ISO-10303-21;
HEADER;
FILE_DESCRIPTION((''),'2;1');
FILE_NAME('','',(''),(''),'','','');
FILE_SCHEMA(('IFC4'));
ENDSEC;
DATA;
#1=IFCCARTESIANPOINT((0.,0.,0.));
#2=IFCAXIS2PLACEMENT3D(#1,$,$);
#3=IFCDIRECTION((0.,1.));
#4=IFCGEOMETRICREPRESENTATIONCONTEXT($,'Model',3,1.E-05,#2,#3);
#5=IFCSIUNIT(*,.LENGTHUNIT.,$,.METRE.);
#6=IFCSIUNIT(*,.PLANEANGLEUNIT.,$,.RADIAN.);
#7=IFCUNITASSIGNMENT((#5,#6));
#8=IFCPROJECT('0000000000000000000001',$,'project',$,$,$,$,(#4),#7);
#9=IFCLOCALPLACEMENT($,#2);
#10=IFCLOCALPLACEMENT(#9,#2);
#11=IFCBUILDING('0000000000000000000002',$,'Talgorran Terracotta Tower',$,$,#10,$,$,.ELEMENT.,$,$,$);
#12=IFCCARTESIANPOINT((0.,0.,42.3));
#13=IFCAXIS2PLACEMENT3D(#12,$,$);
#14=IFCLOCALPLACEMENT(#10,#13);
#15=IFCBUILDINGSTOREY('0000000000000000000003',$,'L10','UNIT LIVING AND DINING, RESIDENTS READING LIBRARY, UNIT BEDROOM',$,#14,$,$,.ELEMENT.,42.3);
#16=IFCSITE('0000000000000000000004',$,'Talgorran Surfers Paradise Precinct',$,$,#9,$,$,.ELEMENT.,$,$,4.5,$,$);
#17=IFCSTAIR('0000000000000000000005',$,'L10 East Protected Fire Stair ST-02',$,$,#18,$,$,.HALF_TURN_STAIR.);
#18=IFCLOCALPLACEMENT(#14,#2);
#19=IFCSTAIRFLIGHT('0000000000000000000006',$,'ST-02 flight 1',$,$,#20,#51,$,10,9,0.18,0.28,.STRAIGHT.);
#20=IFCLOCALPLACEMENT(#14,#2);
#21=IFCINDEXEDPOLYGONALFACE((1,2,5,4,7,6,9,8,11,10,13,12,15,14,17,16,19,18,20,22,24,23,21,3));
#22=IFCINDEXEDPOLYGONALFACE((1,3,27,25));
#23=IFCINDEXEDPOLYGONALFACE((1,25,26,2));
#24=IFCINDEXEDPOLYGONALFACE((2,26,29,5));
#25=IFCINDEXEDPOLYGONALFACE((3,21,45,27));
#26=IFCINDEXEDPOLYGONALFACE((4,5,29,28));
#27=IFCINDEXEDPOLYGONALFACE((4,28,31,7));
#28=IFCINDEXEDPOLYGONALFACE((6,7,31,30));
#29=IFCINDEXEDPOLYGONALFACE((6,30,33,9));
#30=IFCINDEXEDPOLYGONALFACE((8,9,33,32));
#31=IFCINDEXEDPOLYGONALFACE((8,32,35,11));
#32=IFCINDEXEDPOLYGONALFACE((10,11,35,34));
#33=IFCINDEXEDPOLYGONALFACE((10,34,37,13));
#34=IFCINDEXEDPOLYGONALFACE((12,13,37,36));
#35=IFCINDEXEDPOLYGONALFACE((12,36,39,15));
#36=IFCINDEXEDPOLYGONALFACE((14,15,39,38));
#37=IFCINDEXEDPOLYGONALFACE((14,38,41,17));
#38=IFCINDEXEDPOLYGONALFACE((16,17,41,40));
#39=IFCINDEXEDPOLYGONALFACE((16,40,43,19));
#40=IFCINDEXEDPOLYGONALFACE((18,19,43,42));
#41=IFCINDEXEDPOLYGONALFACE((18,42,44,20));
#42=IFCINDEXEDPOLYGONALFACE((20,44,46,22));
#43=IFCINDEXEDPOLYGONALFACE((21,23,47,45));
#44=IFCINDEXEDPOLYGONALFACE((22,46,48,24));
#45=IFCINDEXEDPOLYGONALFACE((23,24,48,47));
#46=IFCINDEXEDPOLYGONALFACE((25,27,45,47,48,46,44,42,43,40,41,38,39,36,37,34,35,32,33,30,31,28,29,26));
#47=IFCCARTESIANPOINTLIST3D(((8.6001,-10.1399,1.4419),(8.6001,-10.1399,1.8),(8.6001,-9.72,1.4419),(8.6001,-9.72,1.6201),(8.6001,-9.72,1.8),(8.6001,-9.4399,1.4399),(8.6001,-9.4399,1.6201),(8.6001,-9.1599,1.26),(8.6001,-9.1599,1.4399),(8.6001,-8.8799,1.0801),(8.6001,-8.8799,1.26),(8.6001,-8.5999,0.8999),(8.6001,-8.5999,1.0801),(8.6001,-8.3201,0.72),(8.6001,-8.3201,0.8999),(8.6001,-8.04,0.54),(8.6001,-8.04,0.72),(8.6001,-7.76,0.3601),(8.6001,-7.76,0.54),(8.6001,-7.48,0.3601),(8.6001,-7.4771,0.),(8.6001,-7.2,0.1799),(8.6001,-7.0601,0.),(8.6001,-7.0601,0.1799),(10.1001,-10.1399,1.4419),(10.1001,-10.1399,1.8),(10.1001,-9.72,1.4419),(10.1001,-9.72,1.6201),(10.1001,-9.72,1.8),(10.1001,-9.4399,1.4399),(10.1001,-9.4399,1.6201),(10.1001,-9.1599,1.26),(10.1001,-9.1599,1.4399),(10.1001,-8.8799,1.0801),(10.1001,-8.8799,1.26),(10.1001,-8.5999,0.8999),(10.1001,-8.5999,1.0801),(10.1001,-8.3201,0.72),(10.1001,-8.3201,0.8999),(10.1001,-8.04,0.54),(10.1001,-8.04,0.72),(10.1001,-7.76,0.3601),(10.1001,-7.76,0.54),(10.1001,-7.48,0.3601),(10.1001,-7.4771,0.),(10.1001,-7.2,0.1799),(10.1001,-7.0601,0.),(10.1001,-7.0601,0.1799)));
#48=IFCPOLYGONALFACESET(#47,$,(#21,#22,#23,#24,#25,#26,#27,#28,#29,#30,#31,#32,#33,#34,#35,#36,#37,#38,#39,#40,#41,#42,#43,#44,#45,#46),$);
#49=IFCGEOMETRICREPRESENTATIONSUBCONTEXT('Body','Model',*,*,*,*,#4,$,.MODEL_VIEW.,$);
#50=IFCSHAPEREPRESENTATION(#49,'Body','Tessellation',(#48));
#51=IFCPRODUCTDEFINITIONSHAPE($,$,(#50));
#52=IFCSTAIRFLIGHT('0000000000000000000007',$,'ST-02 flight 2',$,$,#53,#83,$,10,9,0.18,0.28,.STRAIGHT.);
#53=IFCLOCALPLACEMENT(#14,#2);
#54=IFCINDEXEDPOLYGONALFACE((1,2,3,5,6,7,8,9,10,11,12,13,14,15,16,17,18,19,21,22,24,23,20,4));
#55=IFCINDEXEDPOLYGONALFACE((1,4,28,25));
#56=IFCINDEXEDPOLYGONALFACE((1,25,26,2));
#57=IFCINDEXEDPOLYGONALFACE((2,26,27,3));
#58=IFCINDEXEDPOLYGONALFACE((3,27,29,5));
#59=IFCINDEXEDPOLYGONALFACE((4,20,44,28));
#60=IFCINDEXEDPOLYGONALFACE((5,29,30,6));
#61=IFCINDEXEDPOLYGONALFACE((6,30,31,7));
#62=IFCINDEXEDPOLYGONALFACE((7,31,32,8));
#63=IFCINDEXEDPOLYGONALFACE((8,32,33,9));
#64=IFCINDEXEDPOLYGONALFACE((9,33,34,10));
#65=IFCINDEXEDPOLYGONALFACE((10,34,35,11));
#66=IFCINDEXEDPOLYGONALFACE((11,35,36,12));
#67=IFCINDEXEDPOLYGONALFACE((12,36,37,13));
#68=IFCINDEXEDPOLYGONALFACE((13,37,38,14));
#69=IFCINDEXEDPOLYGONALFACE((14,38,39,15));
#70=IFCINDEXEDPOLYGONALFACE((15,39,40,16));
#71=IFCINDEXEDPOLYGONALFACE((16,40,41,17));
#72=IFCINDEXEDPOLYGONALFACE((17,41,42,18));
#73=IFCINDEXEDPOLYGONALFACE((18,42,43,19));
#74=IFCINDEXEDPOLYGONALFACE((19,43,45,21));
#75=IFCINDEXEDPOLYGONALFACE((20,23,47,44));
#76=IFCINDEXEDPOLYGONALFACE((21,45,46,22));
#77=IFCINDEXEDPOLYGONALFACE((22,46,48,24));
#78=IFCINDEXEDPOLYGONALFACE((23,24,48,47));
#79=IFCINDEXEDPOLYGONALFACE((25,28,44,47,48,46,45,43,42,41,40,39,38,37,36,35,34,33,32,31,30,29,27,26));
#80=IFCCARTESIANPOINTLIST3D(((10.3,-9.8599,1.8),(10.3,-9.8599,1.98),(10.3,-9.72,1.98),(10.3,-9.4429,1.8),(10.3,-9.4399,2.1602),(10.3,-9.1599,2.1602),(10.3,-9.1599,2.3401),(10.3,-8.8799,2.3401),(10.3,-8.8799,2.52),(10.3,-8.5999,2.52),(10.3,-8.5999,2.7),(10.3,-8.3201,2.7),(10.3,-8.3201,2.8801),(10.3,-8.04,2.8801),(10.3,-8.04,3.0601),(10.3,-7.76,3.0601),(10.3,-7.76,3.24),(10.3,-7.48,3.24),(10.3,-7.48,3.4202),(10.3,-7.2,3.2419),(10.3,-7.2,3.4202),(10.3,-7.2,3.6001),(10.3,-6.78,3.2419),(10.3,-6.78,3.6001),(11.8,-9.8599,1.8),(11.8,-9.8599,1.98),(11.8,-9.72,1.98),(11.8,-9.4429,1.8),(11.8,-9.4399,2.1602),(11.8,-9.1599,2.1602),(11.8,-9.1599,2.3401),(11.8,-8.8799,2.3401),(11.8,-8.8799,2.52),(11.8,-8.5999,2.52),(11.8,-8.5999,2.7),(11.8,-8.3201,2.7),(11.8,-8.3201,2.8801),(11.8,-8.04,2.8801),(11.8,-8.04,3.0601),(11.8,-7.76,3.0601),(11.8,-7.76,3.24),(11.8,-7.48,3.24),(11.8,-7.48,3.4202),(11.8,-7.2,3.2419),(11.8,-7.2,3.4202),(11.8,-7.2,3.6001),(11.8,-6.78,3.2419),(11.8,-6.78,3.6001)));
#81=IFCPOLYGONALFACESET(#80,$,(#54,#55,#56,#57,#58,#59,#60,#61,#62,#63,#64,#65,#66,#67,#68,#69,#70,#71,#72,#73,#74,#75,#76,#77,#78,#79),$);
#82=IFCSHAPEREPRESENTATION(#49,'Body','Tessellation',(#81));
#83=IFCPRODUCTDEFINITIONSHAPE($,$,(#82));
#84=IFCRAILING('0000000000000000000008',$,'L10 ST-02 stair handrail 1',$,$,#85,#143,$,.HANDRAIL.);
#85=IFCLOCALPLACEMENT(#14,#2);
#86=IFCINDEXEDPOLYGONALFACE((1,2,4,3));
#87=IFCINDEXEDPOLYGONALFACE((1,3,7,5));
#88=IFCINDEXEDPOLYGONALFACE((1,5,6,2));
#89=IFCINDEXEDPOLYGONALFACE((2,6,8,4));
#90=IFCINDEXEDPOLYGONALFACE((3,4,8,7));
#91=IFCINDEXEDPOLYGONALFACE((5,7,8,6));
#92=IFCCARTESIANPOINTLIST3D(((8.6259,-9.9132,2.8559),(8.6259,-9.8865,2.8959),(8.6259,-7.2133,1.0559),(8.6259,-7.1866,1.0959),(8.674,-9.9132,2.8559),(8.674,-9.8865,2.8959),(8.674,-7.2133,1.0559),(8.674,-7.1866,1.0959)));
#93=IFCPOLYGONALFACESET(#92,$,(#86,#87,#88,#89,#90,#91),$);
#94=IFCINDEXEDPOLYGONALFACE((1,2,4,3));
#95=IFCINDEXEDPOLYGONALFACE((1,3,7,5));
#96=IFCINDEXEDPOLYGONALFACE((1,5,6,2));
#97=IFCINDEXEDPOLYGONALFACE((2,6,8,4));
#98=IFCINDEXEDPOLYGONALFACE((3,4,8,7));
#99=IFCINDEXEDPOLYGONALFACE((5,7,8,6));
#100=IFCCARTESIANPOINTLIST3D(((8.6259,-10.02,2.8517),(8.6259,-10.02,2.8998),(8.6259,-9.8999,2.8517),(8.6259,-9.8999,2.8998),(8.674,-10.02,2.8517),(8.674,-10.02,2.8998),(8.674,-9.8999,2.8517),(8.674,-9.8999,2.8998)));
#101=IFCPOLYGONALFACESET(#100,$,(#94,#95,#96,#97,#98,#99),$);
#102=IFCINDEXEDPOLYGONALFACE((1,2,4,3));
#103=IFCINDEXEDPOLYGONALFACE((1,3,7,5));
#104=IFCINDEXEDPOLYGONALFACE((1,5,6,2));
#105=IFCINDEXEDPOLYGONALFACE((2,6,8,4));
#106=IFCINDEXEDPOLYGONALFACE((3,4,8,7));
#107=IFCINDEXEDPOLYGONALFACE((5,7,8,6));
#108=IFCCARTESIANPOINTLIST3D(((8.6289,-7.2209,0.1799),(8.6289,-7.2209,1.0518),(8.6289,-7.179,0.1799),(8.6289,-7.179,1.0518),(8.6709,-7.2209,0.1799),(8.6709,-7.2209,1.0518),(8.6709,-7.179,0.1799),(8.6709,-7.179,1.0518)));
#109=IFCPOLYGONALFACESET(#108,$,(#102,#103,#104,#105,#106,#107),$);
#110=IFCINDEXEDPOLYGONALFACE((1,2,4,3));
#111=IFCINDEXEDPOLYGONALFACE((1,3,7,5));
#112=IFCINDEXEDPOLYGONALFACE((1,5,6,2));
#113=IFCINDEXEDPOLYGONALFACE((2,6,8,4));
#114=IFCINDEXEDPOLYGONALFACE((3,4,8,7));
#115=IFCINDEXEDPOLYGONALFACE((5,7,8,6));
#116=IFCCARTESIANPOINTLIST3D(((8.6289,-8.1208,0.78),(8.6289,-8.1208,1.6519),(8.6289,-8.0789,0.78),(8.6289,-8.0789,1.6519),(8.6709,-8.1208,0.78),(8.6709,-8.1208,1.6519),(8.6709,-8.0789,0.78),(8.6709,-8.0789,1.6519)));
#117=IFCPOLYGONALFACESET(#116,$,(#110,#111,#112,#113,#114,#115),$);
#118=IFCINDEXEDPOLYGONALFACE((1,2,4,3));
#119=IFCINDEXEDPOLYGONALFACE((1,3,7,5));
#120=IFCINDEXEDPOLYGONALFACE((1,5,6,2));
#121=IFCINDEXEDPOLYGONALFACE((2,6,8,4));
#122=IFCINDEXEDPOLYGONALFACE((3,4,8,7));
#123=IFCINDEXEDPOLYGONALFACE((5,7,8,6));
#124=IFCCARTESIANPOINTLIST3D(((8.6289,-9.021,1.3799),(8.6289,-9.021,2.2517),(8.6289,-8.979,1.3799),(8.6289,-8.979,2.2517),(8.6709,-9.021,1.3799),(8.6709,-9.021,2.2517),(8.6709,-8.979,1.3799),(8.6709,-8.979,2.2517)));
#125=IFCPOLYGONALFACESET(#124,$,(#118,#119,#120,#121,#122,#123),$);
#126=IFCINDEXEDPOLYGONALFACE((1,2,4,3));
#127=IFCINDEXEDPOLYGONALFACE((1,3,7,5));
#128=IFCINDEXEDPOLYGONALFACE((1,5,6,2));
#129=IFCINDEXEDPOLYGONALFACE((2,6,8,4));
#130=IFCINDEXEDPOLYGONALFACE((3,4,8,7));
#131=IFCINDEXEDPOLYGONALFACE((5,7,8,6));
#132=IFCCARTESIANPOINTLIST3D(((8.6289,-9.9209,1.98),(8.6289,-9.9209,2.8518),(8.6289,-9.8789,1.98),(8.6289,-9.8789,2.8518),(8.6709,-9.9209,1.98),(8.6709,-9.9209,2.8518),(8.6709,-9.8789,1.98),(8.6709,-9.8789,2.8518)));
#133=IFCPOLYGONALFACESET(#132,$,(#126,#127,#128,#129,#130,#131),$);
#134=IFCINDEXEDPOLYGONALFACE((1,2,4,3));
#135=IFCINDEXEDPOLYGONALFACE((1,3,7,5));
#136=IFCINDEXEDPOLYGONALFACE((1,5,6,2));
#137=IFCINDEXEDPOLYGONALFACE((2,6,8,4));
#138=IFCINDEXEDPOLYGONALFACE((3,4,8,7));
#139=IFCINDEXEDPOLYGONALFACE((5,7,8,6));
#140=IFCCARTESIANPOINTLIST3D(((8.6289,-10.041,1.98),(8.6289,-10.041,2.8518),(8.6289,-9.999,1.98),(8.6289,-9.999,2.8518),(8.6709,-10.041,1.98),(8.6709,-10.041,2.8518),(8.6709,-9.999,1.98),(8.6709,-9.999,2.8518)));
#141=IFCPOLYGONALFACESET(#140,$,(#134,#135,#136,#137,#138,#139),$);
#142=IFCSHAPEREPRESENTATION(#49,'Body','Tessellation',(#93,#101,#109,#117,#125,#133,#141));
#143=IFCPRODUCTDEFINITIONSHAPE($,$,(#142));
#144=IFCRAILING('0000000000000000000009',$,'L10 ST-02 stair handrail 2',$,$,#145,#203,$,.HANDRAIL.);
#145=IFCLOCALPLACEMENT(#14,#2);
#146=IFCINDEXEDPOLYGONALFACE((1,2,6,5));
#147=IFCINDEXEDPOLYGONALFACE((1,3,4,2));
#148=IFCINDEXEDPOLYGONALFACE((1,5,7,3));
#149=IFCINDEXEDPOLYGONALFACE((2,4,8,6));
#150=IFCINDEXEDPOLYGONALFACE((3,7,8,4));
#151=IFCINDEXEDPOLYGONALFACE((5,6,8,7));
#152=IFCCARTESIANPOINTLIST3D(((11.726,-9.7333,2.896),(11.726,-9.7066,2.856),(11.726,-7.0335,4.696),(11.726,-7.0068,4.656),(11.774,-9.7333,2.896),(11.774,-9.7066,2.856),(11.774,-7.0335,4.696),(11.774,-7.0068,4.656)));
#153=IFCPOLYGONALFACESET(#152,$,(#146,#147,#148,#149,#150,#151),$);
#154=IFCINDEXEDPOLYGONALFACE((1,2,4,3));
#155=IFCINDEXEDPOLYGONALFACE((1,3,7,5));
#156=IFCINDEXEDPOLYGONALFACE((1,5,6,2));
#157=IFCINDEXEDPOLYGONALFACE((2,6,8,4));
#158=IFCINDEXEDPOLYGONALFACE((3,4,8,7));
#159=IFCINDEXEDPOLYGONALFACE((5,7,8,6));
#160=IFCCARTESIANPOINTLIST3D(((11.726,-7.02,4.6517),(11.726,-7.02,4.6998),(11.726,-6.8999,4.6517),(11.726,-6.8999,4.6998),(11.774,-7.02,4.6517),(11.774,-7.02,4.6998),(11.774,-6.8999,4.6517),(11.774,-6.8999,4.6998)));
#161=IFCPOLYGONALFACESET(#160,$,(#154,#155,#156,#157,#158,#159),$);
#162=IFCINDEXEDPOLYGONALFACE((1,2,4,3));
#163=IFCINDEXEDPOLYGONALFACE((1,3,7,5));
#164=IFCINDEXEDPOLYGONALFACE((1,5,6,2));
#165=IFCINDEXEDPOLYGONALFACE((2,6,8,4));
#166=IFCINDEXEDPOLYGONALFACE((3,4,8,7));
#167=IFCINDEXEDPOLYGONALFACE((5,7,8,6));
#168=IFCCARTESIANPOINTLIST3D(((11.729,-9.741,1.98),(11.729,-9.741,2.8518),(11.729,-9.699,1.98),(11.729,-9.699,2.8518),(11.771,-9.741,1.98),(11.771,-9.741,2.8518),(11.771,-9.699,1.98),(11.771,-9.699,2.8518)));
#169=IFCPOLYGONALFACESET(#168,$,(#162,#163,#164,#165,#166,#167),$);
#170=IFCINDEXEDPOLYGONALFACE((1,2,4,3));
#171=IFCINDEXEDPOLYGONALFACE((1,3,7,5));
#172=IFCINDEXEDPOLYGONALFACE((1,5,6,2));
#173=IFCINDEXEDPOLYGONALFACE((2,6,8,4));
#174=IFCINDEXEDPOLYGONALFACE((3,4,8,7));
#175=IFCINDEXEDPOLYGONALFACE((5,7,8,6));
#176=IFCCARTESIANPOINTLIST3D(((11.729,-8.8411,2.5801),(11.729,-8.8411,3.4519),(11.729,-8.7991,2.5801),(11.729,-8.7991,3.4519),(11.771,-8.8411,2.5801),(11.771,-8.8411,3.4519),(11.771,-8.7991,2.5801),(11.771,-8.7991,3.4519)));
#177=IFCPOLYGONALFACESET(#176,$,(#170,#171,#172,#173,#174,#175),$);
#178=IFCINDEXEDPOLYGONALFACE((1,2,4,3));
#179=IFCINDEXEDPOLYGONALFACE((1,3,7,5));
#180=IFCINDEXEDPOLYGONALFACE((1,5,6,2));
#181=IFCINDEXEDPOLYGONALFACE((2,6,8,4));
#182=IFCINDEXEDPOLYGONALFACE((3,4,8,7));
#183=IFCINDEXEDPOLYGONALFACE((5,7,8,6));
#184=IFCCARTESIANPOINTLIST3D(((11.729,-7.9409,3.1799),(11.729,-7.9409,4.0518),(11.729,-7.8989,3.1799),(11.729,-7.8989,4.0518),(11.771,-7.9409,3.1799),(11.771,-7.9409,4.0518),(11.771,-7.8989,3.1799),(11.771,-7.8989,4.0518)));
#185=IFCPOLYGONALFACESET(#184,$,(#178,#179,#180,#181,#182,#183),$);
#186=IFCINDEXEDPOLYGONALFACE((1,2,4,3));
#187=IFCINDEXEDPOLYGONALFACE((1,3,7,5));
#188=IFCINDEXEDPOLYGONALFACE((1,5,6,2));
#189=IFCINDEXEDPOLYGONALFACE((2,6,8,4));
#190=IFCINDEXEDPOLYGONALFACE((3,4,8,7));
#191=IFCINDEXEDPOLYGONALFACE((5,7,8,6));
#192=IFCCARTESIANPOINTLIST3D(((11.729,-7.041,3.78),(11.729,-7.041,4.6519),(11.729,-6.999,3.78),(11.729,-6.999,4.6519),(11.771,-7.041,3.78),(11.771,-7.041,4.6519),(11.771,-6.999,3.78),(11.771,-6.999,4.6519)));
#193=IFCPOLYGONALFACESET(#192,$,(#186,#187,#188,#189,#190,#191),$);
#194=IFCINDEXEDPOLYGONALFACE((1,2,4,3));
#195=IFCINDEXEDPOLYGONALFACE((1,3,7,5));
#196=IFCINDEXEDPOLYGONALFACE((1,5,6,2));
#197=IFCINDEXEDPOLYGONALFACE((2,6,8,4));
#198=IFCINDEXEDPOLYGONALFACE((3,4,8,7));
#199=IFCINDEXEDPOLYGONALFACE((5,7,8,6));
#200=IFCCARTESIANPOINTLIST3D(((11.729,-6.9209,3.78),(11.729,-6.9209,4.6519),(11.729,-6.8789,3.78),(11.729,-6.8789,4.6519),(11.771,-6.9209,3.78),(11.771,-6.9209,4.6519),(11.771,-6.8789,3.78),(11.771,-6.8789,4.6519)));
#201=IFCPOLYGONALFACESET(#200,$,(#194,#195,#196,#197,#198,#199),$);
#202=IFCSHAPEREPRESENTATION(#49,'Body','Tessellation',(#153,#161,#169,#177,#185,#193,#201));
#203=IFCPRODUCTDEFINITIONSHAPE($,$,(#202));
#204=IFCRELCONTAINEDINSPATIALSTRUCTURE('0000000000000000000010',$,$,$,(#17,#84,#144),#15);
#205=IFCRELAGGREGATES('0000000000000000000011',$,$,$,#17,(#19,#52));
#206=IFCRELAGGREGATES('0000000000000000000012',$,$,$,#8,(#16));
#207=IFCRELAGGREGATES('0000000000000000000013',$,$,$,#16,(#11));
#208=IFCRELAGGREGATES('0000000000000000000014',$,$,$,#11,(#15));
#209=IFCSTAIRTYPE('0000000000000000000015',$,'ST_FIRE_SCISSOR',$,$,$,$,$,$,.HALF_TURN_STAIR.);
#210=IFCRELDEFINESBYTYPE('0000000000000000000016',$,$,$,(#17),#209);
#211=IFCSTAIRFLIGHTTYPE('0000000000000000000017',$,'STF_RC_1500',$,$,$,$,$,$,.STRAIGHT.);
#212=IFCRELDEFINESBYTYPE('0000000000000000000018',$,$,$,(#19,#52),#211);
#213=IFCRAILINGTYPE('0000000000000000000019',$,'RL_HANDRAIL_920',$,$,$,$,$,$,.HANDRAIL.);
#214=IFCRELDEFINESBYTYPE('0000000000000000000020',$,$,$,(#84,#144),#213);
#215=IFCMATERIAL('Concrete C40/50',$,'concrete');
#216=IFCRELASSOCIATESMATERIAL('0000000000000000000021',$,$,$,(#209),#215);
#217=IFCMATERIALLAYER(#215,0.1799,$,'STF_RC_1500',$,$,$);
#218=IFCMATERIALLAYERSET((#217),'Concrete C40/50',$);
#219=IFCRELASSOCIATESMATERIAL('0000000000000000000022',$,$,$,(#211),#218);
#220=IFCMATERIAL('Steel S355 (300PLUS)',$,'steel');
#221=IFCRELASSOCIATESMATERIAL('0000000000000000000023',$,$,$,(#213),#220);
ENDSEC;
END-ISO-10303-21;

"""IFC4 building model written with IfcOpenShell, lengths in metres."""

from ifc_helpers import new_model, si_unit, direction, frame, origin, origin_2d, place, context, subcontext, project, spatial, polyline, rectangle, outline, extrude, material, layer, layer_set, type_object, element, aggregate, save


model = new_model("IFC4")

# Units and contexts
model_context = context("Model", 3, precision=1e-05, world=origin(), true_north=direction((0.0, 1.0)))
body_context = subcontext(model_context, "Body", "Model", "MODEL_VIEW")
ifc_project = project(units=[si_unit("LENGTHUNIT", "METRE"), si_unit("PLANEANGLEUNIT", "RADIAN")], contexts=[model_context])

# Site, building, storey
site_placement = place(None, origin())
site = spatial("IfcSite", under=ifc_project, at=site_placement, Name="Talgorran Surfers Paradise Precinct", CompositionType="ELEMENT", RefElevation=4.5)
building_placement = place(site_placement, origin())
building = spatial("IfcBuilding", under=site, at=building_placement, Name="Talgorran Terracotta Tower", CompositionType="ELEMENT")
storey_placement = place(building_placement, frame((0.0, 0.0, 42.3)))
storey = spatial("IfcBuildingStorey", under=building, at=storey_placement, Name="L10", Description="UNIT LIVING AND DINING, RESIDENTS READING LIBRARY, UNIT BEDROOM", CompositionType="ELEMENT", Elevation=42.3)

# Stair, stair flights
ifc_material_1 = material(Name="Concrete C40/50", Category="concrete")
stair_type = type_object("IfcStairType", Name="ST_FIRE_SCISSOR", PredefinedType="HALF_TURN_STAIR", material=ifc_material_1)
stair_placement = place(storey_placement, origin())
stair = element("IfcStair", 1, at=stair_placement, inside=storey, type_object=stair_type, Name="L10 East Protected Fire Stair ST-02", PredefinedType="HALF_TURN_STAIR")
ifc_layer_1 = layer(ifc_material_1, 0.1799, Name="STF_RC_1500")
ifc_layer_set_1 = layer_set([ifc_layer_1], Name="Concrete C40/50")
stair_flight_type = type_object("IfcStairFlightType", Name="STF_RC_1500", PredefinedType="STRAIGHT", material=ifc_layer_set_1)
stair_flight_1_placement = place(storey_placement, frame((9.3501, -7.2, 0.0), z_axis=(0.0, 0.0, 1.0), x_axis=(0.0, -1.0, 0.0)))
stair_flight_1 = element("IfcStairFlight", 2, at=stair_flight_1_placement, type_object=stair_flight_type, Name="ST-02 flight 1", NumberOfRisers=10, NumberOfTreads=9, PredefinedType="STRAIGHT", RiserHeight=0.18, TreadLength=0.28, context=body_context, shape_type="SweptSolid", body=[
    extrude(outline(polyline([(-0.1399, 0.0), (-0.1399, 0.1799), (0.0, 0.1799), (0.28, 0.3601), (0.5601, 0.3601), (0.5601, 0.54), (0.8401, 0.54), (0.8401, 0.72), (1.1201, 0.72), (1.1201, 0.8999), (1.3999, 0.8999), (1.3999, 1.0801), (1.6799, 1.0801), (1.6799, 1.26), (1.96, 1.26), (1.96, 1.4399), (2.24, 1.4399), (2.24, 1.6201), (2.52, 1.6201), (2.52, 1.8), (2.9399, 1.8), (2.9399, 1.4419), (2.52, 1.4419), (0.2771, 0.0), (-0.1399, 0.0)])), frame((0.0, 0.75, 0.0), z_axis=(0.0, -1.0, 0.0), x_axis=(1.0, 0.0, 0.0)), (0.0, 0.0, 1.0), 1.5),
])
stair_flight_2_placement = place(storey_placement, frame((11.05, -9.72, 1.8), z_axis=(0.0, 0.0, 1.0), x_axis=(0.0, 1.0, 0.0)))
stair_flight_2 = element("IfcStairFlight", 3, at=stair_flight_2_placement, type_object=stair_flight_type, Name="ST-02 flight 2", NumberOfRisers=10, NumberOfTreads=9, PredefinedType="STRAIGHT", RiserHeight=0.18, TreadLength=0.28, context=body_context, shape_type="SweptSolid", body=[
    extrude(outline(polyline([(-0.1399, 0.0), (-0.1399, 0.1799), (0.0, 0.1799), (0.28, 0.3601), (0.5601, 0.3601), (0.5601, 0.54), (0.8401, 0.54), (0.8401, 0.72), (1.1201, 0.72), (1.1201, 0.8999), (1.3999, 0.8999), (1.3999, 1.0801), (1.6799, 1.0801), (1.6799, 1.26), (1.96, 1.26), (1.96, 1.4399), (2.24, 1.4399), (2.24, 1.6201), (2.52, 1.6201), (2.52, 1.8), (2.9399, 1.8), (2.9399, 1.4419), (2.52, 1.4419), (0.2771, 0.0), (-0.1399, 0.0)])), frame((0.0, 0.75, 0.0), z_axis=(0.0, -1.0, 0.0), x_axis=(1.0, 0.0, 0.0)), (0.0, 0.0, 1.0), 1.5),
])
aggregate(stair, [stair_flight_1, stair_flight_2])

# Railings
ifc_material_2 = material(Name="Steel S355 (300PLUS)", Category="steel")
railing_type_1 = type_object("IfcRailingType", Name="RL_HANDRAIL_920", PredefinedType="HANDRAIL", material=ifc_material_2)
railing_1_placement = place(storey_placement, frame((8.6499, -7.2, 0.1799)))
element("IfcRailing", 4, at=railing_1_placement, inside=storey, type_object=railing_type_1, Name="L10 ST-02 stair handrail 1", PredefinedType="HANDRAIL", context=body_context, shape_type="SweptSolid", body=[
    extrude(rectangle(XDim=0.0481, YDim=0.0481, at=origin_2d()), frame((0.0, 0.0, 0.896), z_axis=(0.0, -0.832039, 0.554718), x_axis=(1.0, 0.0, 0.0)), (0.0, 0.0, 1.0), 3.2449),
    extrude(rectangle(XDim=0.0481, YDim=0.0481, at=origin_2d()), frame((0.0, -2.7, 2.6958), z_axis=(0.0, -1.0, 0.0), x_axis=(1.0, 0.0, 0.0)), (0.0, 0.0, 1.0), 0.1201),
    extrude(rectangle(XDim=0.042, YDim=0.042, at=origin_2d()), origin(), (0.0, 0.0, 1.0), 0.8718),
    extrude(rectangle(XDim=0.042, YDim=0.042, at=origin_2d()), frame((0.0, -0.8999, 0.6001)), (0.0, 0.0, 1.0), 0.8718),
    extrude(rectangle(XDim=0.042, YDim=0.042, at=origin_2d()), frame((0.0, -1.8, 1.2)), (0.0, 0.0, 1.0), 0.8718),
    extrude(rectangle(XDim=0.042, YDim=0.042, at=origin_2d()), frame((0.0, -2.7, 1.8)), (0.0, 0.0, 1.0), 0.8718),
    extrude(rectangle(XDim=0.042, YDim=0.042, at=origin_2d()), frame((0.0, -2.8201, 1.8)), (0.0, 0.0, 1.0), 0.8718),
])
railing_2_placement = place(storey_placement, frame((11.75, -9.72, 1.98)))
element("IfcRailing", 5, at=railing_2_placement, inside=storey, type_object=railing_type_1, Name="L10 ST-02 stair handrail 2", PredefinedType="HANDRAIL", context=body_context, shape_type="SweptSolid", body=[
    extrude(rectangle(XDim=0.0481, YDim=0.0481, at=origin_2d()), frame((0.0, 0.0, 0.896), z_axis=(0.0, 0.832039, 0.554718), x_axis=(-1.0, 0.0, 0.0)), (0.0, 0.0, 1.0), 3.2449),
    extrude(rectangle(XDim=0.0481, YDim=0.0481, at=origin_2d()), frame((0.0, 2.7, 2.6958), z_axis=(0.0, 1.0, 0.0), x_axis=(-1.0, 0.0, 0.0)), (0.0, 0.0, 1.0), 0.1201),
    extrude(rectangle(XDim=0.042, YDim=0.042, at=origin_2d()), origin(), (0.0, 0.0, 1.0), 0.8718),
    extrude(rectangle(XDim=0.042, YDim=0.042, at=origin_2d()), frame((0.0, 0.8999, 0.6001)), (0.0, 0.0, 1.0), 0.8718),
    extrude(rectangle(XDim=0.042, YDim=0.042, at=origin_2d()), frame((0.0, 1.8, 1.2)), (0.0, 0.0, 1.0), 0.8718),
    extrude(rectangle(XDim=0.042, YDim=0.042, at=origin_2d()), frame((0.0, 2.7, 1.8)), (0.0, 0.0, 1.0), 0.8718),
    extrude(rectangle(XDim=0.042, YDim=0.042, at=origin_2d()), frame((0.0, 2.8201, 1.8)), (0.0, 0.0, 1.0), 0.8718),
])

save(model, "model.ifc")
